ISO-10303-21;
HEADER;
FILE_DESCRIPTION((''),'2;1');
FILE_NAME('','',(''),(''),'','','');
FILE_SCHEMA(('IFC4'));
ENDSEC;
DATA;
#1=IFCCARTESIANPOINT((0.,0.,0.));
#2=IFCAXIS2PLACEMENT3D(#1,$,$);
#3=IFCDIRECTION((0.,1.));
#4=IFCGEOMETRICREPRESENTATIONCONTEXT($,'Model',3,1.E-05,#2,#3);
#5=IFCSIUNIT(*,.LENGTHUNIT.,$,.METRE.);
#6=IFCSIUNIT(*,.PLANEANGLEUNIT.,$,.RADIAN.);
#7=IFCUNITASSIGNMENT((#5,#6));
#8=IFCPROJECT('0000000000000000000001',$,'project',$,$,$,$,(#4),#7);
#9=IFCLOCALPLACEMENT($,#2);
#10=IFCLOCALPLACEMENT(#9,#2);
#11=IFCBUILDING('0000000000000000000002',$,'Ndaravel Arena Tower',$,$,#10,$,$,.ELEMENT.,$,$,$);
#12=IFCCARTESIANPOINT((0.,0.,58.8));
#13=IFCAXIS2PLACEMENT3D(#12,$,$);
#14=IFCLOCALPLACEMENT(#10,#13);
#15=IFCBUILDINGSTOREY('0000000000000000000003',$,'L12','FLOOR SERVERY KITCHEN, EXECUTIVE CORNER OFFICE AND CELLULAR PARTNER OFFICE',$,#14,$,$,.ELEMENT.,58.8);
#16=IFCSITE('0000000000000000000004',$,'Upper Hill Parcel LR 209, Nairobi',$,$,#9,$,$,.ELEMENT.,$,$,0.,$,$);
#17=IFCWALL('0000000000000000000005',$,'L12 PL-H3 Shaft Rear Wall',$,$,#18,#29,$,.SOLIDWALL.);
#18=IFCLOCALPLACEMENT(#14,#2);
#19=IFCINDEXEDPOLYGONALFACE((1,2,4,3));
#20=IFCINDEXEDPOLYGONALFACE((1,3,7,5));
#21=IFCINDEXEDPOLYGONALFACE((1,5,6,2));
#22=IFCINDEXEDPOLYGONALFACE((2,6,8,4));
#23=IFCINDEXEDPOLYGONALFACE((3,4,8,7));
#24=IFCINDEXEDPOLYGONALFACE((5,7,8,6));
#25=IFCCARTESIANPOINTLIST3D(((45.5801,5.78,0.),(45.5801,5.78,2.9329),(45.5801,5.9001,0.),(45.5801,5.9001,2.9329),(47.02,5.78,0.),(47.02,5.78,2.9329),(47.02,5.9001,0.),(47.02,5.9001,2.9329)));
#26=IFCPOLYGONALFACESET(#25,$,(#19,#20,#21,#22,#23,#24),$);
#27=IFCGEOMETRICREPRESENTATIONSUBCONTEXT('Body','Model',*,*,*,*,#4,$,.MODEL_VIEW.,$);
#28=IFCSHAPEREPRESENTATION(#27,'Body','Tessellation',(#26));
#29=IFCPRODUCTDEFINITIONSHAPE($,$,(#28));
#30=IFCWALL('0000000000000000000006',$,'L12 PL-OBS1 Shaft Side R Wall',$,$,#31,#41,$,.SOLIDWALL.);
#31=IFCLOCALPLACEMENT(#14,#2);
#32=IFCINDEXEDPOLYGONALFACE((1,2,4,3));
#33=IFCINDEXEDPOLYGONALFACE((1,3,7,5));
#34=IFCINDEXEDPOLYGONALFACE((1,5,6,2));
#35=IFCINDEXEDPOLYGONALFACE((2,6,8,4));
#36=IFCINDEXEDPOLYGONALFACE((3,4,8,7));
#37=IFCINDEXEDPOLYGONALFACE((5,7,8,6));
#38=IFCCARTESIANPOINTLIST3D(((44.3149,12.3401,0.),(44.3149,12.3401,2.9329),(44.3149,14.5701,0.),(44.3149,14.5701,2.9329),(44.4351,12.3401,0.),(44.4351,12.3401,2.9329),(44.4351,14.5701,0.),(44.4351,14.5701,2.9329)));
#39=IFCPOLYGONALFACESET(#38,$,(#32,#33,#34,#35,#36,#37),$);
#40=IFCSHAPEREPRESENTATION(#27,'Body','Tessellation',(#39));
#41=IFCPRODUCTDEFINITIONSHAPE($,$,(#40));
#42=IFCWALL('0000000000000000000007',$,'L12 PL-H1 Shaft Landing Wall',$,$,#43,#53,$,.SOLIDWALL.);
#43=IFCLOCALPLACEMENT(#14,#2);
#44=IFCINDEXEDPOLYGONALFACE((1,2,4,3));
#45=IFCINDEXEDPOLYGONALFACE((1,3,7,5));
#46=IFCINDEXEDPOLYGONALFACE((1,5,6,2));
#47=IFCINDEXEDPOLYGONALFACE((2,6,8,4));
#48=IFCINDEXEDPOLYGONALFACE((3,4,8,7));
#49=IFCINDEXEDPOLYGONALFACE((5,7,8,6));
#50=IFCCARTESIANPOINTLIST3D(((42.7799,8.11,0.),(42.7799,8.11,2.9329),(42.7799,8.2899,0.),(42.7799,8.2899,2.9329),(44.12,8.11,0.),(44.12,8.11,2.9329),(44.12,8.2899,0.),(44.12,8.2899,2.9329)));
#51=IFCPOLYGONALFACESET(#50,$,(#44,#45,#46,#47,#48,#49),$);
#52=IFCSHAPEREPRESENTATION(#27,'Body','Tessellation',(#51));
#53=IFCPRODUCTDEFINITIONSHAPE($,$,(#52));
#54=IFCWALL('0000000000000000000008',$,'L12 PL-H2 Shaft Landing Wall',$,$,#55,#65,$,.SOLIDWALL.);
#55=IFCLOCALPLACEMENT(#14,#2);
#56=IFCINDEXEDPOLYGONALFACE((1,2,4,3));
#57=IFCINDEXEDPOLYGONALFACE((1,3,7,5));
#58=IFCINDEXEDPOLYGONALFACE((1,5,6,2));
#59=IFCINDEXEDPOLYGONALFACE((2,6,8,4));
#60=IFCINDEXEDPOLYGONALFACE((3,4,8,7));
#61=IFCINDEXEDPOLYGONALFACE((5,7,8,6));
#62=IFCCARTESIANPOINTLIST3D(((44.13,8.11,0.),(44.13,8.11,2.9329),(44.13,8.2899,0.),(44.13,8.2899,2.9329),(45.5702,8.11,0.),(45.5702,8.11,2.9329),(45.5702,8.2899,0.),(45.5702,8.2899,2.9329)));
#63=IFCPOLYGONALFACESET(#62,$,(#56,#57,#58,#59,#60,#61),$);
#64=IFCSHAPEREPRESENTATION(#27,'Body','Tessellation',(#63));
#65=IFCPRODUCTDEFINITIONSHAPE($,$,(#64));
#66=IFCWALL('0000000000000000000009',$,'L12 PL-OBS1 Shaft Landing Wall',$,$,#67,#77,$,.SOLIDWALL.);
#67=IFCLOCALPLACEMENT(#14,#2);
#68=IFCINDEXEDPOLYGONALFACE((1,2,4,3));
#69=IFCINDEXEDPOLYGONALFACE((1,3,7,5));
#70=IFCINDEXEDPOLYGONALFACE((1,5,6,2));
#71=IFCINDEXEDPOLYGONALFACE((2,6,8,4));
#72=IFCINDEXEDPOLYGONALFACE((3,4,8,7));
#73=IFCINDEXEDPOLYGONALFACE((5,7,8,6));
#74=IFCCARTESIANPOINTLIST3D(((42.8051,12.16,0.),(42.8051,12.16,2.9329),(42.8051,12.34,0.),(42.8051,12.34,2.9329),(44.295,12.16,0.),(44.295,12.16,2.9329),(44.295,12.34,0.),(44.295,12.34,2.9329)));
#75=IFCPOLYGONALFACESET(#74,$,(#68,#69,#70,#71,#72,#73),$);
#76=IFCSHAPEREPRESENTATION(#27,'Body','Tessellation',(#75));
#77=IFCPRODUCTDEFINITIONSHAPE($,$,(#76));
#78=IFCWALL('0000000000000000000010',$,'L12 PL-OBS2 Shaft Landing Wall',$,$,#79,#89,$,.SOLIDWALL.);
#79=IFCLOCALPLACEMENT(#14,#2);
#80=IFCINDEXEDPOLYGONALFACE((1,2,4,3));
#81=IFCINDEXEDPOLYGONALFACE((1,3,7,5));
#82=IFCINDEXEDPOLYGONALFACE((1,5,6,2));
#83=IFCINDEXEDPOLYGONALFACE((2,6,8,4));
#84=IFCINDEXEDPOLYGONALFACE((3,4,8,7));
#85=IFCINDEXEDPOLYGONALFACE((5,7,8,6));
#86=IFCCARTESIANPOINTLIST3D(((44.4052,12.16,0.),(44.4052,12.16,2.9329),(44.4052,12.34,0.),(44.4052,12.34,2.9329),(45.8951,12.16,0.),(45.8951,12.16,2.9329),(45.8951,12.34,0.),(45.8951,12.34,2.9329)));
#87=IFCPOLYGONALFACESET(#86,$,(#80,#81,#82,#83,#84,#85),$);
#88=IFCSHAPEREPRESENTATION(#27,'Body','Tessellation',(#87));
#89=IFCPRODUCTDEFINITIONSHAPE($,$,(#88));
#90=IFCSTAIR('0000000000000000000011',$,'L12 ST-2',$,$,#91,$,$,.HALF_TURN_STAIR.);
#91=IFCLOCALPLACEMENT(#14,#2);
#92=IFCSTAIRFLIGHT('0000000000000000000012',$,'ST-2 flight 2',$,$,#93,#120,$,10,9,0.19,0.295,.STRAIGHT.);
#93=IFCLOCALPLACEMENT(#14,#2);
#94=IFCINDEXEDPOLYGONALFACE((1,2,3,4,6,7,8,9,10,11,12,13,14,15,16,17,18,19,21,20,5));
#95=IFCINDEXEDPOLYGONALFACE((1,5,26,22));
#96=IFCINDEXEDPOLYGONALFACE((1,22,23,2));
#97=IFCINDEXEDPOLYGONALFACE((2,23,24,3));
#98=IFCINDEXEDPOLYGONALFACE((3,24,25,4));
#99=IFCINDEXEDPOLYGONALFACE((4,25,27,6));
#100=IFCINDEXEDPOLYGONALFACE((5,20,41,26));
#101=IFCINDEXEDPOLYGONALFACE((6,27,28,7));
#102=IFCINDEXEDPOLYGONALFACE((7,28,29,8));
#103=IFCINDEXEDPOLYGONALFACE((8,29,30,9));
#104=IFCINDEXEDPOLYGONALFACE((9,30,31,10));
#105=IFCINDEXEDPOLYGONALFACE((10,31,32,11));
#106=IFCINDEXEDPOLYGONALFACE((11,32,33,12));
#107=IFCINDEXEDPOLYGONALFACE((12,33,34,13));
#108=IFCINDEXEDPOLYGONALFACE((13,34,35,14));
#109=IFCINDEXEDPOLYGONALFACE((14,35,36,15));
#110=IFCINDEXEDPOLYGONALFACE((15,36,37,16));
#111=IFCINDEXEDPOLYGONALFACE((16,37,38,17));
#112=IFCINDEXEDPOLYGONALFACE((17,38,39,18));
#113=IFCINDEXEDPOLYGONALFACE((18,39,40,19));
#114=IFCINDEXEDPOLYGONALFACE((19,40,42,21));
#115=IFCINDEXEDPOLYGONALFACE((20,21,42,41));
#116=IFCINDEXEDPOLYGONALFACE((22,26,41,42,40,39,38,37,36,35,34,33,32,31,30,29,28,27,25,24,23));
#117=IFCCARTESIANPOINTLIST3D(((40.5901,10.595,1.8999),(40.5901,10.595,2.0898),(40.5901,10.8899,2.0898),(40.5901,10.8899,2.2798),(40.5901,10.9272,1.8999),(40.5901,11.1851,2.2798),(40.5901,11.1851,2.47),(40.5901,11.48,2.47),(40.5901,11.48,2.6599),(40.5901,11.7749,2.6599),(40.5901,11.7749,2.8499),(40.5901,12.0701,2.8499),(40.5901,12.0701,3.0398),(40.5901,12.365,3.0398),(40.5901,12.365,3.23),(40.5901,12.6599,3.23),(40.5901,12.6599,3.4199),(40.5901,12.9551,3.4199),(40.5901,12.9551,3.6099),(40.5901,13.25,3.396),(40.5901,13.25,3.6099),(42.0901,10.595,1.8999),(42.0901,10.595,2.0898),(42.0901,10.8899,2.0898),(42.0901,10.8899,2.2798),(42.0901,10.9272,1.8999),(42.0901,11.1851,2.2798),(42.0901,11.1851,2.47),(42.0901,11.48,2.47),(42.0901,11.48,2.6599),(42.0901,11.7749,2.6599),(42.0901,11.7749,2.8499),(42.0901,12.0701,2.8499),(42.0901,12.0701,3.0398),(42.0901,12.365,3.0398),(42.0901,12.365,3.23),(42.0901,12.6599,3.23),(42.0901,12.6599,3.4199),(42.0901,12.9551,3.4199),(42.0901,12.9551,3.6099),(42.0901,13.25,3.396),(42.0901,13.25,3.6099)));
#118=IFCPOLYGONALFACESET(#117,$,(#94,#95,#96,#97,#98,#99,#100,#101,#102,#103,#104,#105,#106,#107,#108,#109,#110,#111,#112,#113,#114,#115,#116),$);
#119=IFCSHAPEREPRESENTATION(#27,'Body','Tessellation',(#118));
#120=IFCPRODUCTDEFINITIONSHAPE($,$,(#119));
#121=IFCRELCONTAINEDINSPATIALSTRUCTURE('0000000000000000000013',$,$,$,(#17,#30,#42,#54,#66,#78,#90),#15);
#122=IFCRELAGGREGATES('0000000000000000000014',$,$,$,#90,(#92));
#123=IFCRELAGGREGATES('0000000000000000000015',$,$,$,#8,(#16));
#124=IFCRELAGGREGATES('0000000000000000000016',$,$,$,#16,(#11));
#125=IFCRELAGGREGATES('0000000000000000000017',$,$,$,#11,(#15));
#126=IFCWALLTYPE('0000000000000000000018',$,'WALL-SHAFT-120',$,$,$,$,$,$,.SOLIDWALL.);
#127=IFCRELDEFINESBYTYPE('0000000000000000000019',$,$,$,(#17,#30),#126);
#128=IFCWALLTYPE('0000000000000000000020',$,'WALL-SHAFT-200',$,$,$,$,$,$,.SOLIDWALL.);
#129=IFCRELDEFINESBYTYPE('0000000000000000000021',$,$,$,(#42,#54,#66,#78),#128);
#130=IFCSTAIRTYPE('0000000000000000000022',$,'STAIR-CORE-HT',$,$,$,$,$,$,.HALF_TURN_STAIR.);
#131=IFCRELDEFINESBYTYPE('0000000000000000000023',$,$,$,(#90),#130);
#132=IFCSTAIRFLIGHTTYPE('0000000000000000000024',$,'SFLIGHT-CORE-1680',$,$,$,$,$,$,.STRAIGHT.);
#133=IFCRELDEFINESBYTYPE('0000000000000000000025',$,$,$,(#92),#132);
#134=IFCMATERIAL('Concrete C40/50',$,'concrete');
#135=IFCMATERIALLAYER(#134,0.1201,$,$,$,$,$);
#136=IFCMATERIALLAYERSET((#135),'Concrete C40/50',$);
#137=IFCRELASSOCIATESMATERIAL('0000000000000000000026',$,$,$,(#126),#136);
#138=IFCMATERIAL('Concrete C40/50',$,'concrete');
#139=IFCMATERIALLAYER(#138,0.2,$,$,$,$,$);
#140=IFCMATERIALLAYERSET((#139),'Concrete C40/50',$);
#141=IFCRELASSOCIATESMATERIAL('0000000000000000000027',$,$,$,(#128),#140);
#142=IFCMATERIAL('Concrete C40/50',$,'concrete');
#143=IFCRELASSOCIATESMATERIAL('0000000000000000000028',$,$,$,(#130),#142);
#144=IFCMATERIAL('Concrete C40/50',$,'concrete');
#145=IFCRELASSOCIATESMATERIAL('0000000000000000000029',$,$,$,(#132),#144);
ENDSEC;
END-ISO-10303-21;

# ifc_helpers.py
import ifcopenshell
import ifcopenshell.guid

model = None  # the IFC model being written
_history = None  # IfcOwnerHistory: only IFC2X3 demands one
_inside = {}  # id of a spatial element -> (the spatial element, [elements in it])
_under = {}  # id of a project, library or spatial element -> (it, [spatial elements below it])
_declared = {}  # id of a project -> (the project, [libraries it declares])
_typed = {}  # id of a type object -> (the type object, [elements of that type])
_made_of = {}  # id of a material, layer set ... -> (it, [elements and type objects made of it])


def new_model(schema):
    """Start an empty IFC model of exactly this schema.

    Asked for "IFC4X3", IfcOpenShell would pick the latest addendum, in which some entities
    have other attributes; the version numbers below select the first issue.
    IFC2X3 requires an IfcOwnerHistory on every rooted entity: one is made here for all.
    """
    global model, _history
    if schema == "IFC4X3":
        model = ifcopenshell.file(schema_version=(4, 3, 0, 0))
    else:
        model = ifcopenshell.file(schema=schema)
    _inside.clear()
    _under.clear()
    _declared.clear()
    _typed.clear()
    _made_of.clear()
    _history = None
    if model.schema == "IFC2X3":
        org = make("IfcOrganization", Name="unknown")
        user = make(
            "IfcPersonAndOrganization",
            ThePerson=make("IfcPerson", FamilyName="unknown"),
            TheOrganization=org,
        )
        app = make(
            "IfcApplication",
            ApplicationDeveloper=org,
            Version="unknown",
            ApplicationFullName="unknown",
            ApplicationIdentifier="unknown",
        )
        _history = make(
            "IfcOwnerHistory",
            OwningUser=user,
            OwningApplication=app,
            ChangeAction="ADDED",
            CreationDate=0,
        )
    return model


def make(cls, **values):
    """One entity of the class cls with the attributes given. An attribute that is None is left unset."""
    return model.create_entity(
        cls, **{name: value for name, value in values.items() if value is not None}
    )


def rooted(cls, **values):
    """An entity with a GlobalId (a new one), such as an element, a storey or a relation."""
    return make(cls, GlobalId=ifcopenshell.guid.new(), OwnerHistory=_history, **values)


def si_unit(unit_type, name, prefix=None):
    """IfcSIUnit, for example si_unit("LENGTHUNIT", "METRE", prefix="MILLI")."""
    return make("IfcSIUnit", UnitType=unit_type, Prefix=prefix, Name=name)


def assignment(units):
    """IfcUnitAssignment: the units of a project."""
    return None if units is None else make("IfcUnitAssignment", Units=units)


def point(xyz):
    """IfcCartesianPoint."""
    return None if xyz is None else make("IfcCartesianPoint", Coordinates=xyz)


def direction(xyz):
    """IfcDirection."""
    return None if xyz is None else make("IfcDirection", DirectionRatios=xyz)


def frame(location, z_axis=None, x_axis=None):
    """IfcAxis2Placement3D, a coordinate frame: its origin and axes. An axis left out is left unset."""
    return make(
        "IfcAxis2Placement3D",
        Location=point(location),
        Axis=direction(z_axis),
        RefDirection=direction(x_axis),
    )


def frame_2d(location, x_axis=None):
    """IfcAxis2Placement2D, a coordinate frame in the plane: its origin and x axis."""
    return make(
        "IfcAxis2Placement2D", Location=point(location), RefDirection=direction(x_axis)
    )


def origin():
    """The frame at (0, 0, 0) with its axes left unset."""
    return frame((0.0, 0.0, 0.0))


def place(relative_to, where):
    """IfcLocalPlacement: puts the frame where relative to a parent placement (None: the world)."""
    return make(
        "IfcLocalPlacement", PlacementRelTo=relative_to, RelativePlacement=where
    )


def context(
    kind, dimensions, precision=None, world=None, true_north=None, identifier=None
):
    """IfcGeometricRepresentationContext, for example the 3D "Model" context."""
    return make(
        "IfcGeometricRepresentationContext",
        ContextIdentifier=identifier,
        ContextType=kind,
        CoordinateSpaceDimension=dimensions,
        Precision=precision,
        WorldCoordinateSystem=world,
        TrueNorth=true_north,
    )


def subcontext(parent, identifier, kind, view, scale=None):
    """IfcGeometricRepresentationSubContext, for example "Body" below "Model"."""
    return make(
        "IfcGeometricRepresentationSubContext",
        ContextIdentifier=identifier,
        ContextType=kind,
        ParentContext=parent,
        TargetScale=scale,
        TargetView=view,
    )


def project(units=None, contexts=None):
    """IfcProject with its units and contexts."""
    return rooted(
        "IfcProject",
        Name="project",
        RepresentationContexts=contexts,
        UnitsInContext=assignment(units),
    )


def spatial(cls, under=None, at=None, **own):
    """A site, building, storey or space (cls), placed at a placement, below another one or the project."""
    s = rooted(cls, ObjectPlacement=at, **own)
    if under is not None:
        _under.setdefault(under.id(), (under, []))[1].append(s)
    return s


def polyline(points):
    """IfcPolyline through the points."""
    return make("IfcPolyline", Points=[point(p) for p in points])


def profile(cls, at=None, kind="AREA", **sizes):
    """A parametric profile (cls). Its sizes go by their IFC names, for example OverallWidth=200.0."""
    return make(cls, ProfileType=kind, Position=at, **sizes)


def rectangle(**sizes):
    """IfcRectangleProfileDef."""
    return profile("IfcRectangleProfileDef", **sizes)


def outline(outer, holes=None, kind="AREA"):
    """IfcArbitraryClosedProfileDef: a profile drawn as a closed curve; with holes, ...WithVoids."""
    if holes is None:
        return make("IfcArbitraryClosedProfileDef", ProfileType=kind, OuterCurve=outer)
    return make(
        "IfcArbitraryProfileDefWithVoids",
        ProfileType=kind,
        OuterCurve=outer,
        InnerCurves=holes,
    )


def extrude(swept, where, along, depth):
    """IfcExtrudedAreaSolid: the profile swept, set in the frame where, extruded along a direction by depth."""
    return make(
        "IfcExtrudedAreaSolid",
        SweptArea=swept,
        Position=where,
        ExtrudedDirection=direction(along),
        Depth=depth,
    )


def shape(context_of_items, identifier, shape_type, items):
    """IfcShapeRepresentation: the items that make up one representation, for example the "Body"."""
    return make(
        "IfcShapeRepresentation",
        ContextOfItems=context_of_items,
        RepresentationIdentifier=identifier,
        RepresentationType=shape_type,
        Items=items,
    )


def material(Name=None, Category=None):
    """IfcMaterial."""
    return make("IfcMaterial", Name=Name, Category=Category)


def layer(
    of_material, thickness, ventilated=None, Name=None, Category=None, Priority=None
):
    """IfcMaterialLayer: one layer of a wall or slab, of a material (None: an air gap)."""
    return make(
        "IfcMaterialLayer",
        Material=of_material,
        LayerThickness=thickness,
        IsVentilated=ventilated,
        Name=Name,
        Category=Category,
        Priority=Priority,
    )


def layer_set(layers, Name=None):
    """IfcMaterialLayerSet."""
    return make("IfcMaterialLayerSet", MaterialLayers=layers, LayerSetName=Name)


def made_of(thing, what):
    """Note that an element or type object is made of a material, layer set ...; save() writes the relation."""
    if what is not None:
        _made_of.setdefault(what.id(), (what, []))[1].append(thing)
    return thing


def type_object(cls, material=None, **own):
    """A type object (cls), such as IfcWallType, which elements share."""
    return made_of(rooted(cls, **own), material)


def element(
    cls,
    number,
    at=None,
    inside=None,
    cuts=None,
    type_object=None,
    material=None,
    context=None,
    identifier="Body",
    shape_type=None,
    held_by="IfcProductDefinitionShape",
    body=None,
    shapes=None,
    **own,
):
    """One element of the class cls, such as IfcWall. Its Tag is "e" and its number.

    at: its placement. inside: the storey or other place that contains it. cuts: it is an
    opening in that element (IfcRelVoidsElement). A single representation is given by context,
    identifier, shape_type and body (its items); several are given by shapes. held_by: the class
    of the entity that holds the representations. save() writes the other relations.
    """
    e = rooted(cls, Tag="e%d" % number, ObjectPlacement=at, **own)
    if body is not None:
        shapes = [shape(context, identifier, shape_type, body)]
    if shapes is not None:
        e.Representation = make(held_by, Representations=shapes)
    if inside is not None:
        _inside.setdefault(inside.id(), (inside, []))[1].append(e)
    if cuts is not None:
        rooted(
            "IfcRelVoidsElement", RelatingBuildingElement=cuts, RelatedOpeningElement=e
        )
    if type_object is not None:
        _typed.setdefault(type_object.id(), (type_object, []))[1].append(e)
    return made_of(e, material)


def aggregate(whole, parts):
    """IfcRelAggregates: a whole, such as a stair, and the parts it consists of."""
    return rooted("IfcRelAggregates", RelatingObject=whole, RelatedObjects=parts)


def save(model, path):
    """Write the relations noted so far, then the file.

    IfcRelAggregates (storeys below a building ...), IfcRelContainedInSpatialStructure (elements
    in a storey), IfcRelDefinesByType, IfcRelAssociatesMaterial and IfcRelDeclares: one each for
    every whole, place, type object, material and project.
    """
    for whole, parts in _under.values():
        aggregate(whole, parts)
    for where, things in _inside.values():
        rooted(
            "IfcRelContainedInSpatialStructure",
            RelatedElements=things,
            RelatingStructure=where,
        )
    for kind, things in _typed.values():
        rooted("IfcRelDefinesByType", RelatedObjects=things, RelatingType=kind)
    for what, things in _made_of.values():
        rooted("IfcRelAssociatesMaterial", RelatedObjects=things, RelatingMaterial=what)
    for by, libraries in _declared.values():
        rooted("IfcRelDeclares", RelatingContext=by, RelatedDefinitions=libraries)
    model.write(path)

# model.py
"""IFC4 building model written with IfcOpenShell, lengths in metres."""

from ifc_helpers import new_model, si_unit, direction, frame, frame_2d, origin, place, context, subcontext, project, spatial, polyline, rectangle, outline, extrude, material, layer, layer_set, type_object, element, aggregate, save


model = new_model("IFC4")

# Units and contexts
model_context = context("Model", 3, precision=1e-05, world=origin(), true_north=direction((0.0, 1.0)))
body_context = subcontext(model_context, "Body", "Model", "MODEL_VIEW")
ifc_project = project(units=[si_unit("LENGTHUNIT", "METRE"), si_unit("PLANEANGLEUNIT", "RADIAN")], contexts=[model_context])

# Site, building, storey
site_placement = place(None, origin())
site = spatial("IfcSite", under=ifc_project, at=site_placement, Name="Upper Hill Parcel LR 209, Nairobi", CompositionType="ELEMENT", RefElevation=0.0)
building_placement = place(site_placement, origin())
building = spatial("IfcBuilding", under=site, at=building_placement, Name="Ndaravel Arena Tower", CompositionType="ELEMENT")
storey_placement = place(building_placement, frame((0.0, 0.0, 58.8)))
storey = spatial("IfcBuildingStorey", under=building, at=storey_placement, Name="L12", Description="FLOOR SERVERY KITCHEN, EXECUTIVE CORNER OFFICE AND CELLULAR PARTNER OFFICE", CompositionType="ELEMENT", Elevation=58.8)

# Walls
ifc_material_1 = material(Name="Concrete C40/50", Category="concrete")
ifc_layer_1 = layer(ifc_material_1, 0.1201)
ifc_layer_set_1 = layer_set([ifc_layer_1], Name="Concrete C40/50")
wall_type_1 = type_object("IfcWallType", Name="WALL-SHAFT-120", PredefinedType="SOLIDWALL", material=ifc_layer_set_1)
wall_1_placement = place(storey_placement, frame((45.5801, 5.8401, 0.0), z_axis=(0.0, 0.0, 1.0), x_axis=(1.0, 0.0, 0.0)))
element("IfcWall", 1, at=wall_1_placement, inside=storey, type_object=wall_type_1, Name="L12 PL-H3 Shaft Rear Wall", PredefinedType="SOLIDWALL", context=body_context, shape_type="SweptSolid", body=[
    extrude(rectangle(XDim=1.4399, YDim=0.1201, at=frame_2d((0.72, 0.0))), origin(), (0.0, 0.0, 1.0), 2.9329),
])
wall_2_placement = place(storey_placement, frame((44.375, 12.3401, 0.0), z_axis=(0.0, 0.0, 1.0), x_axis=(0.0, 1.0, 0.0)))
element("IfcWall", 2, at=wall_2_placement, inside=storey, type_object=wall_type_1, Name="L12 PL-OBS1 Shaft Side R Wall", PredefinedType="SOLIDWALL", context=body_context, shape_type="SweptSolid", body=[
    extrude(rectangle(XDim=2.23, YDim=0.1201, at=frame_2d((1.115, 0.0))), origin(), (0.0, 0.0, 1.0), 2.9329),
])
ifc_material_2 = material(Name="Concrete C40/50", Category="concrete")
ifc_layer_2 = layer(ifc_material_2, 0.2)
ifc_layer_set_2 = layer_set([ifc_layer_2], Name="Concrete C40/50")
wall_type_2 = type_object("IfcWallType", Name="WALL-SHAFT-200", PredefinedType="SOLIDWALL", material=ifc_layer_set_2)
wall_3_placement = place(storey_placement, frame((42.78, 8.2, 0.0), z_axis=(0.0, 0.0, 1.0), x_axis=(1.0, 0.0, 0.0)))
element("IfcWall", 3, at=wall_3_placement, inside=storey, type_object=wall_type_2, Name="L12 PL-H1 Shaft Landing Wall", PredefinedType="SOLIDWALL", context=body_context, shape_type="SweptSolid", body=[
    extrude(rectangle(XDim=1.3401, YDim=0.1799, at=frame_2d((0.6699, 0.0))), origin(), (0.0, 0.0, 1.0), 2.9329),
])
wall_4_placement = place(storey_placement, frame((44.1299, 8.2, 0.0), z_axis=(0.0, 0.0, 1.0), x_axis=(1.0, 0.0, 0.0)))
element("IfcWall", 4, at=wall_4_placement, inside=storey, type_object=wall_type_2, Name="L12 PL-H2 Shaft Landing Wall", PredefinedType="SOLIDWALL", context=body_context, shape_type="SweptSolid", body=[
    extrude(rectangle(XDim=1.4402, YDim=0.1799, at=frame_2d((0.7202, 0.0))), origin(), (0.0, 0.0, 1.0), 2.9329),
])
for number, where, z_axis, x_axis, name in (
    (5, (42.8049, 12.25, 0.0), (0.0, 0.0, 1.0), (1.0, 0.0, 0.0), "L12 PL-OBS1 Shaft Landing Wall"),
    (6, (44.405, 12.25, 0.0), (0.0, 0.0, 1.0), (1.0, 0.0, 0.0), "L12 PL-OBS2 Shaft Landing Wall"),
):
    element("IfcWall", number, at=place(storey_placement, frame(where, z_axis=z_axis, x_axis=x_axis)), inside=storey, type_object=wall_type_2, Name=name, PredefinedType="SOLIDWALL", context=body_context, shape_type="SweptSolid", body=[
        extrude(rectangle(XDim=1.49, YDim=0.1799, at=frame_2d((0.7451, 0.0))), origin(), (0.0, 0.0, 1.0), 2.9329),
    ])

# Stair, stair flight
ifc_material_3 = material(Name="Concrete C40/50", Category="concrete")
stair_type = type_object("IfcStairType", Name="STAIR-CORE-HT", PredefinedType="HALF_TURN_STAIR", material=ifc_material_3)
stair_placement = place(storey_placement, origin())
stair = element("IfcStair", 7, at=stair_placement, inside=storey, type_object=stair_type, Name="L12 ST-2", PredefinedType="HALF_TURN_STAIR")
ifc_material_4 = material(Name="Concrete C40/50", Category="concrete")
stair_flight_type = type_object("IfcStairFlightType", Name="SFLIGHT-CORE-1680", PredefinedType="STRAIGHT", material=ifc_material_4)
stair_flight_placement = place(storey_placement, frame((41.3401, 10.595, 1.8999), z_axis=(0.0, 0.0, 1.0), x_axis=(0.0, 1.0, 0.0)))
stair_flight = element("IfcStairFlight", 8, at=stair_flight_placement, type_object=stair_flight_type, Name="ST-2 flight 2", NumberOfRisers=10, NumberOfTreads=9, PredefinedType="STRAIGHT", RiserHeight=0.19, TreadLength=0.295, context=body_context, shape_type="SweptSolid", body=[
    extrude(outline(polyline([(0.0, 0.0), (0.0, 0.1899), (0.2949, 0.1899), (0.2949, 0.3799), (0.5901, 0.3799), (0.5901, 0.5701), (0.885, 0.5701), (0.885, 0.76), (1.1799, 0.76), (1.1799, 0.95), (1.4751, 0.95), (1.4751, 1.1399), (1.77, 1.1399), (1.77, 1.3301), (2.0649, 1.3301), (2.0649, 1.52), (2.3601, 1.52), (2.3601, 1.71), (2.655, 1.71), (2.655, 1.8999), (2.655, 1.4961), (0.3323, 0.0), (0.0, 0.0)])), frame((0.0, 0.75, 0.0), z_axis=(0.0, -1.0, 0.0), x_axis=(1.0, 0.0, 0.0)), (0.0, 0.0, 1.0), 1.5),
])
aggregate(stair, [stair_flight])

save(model, "model.ifc")
